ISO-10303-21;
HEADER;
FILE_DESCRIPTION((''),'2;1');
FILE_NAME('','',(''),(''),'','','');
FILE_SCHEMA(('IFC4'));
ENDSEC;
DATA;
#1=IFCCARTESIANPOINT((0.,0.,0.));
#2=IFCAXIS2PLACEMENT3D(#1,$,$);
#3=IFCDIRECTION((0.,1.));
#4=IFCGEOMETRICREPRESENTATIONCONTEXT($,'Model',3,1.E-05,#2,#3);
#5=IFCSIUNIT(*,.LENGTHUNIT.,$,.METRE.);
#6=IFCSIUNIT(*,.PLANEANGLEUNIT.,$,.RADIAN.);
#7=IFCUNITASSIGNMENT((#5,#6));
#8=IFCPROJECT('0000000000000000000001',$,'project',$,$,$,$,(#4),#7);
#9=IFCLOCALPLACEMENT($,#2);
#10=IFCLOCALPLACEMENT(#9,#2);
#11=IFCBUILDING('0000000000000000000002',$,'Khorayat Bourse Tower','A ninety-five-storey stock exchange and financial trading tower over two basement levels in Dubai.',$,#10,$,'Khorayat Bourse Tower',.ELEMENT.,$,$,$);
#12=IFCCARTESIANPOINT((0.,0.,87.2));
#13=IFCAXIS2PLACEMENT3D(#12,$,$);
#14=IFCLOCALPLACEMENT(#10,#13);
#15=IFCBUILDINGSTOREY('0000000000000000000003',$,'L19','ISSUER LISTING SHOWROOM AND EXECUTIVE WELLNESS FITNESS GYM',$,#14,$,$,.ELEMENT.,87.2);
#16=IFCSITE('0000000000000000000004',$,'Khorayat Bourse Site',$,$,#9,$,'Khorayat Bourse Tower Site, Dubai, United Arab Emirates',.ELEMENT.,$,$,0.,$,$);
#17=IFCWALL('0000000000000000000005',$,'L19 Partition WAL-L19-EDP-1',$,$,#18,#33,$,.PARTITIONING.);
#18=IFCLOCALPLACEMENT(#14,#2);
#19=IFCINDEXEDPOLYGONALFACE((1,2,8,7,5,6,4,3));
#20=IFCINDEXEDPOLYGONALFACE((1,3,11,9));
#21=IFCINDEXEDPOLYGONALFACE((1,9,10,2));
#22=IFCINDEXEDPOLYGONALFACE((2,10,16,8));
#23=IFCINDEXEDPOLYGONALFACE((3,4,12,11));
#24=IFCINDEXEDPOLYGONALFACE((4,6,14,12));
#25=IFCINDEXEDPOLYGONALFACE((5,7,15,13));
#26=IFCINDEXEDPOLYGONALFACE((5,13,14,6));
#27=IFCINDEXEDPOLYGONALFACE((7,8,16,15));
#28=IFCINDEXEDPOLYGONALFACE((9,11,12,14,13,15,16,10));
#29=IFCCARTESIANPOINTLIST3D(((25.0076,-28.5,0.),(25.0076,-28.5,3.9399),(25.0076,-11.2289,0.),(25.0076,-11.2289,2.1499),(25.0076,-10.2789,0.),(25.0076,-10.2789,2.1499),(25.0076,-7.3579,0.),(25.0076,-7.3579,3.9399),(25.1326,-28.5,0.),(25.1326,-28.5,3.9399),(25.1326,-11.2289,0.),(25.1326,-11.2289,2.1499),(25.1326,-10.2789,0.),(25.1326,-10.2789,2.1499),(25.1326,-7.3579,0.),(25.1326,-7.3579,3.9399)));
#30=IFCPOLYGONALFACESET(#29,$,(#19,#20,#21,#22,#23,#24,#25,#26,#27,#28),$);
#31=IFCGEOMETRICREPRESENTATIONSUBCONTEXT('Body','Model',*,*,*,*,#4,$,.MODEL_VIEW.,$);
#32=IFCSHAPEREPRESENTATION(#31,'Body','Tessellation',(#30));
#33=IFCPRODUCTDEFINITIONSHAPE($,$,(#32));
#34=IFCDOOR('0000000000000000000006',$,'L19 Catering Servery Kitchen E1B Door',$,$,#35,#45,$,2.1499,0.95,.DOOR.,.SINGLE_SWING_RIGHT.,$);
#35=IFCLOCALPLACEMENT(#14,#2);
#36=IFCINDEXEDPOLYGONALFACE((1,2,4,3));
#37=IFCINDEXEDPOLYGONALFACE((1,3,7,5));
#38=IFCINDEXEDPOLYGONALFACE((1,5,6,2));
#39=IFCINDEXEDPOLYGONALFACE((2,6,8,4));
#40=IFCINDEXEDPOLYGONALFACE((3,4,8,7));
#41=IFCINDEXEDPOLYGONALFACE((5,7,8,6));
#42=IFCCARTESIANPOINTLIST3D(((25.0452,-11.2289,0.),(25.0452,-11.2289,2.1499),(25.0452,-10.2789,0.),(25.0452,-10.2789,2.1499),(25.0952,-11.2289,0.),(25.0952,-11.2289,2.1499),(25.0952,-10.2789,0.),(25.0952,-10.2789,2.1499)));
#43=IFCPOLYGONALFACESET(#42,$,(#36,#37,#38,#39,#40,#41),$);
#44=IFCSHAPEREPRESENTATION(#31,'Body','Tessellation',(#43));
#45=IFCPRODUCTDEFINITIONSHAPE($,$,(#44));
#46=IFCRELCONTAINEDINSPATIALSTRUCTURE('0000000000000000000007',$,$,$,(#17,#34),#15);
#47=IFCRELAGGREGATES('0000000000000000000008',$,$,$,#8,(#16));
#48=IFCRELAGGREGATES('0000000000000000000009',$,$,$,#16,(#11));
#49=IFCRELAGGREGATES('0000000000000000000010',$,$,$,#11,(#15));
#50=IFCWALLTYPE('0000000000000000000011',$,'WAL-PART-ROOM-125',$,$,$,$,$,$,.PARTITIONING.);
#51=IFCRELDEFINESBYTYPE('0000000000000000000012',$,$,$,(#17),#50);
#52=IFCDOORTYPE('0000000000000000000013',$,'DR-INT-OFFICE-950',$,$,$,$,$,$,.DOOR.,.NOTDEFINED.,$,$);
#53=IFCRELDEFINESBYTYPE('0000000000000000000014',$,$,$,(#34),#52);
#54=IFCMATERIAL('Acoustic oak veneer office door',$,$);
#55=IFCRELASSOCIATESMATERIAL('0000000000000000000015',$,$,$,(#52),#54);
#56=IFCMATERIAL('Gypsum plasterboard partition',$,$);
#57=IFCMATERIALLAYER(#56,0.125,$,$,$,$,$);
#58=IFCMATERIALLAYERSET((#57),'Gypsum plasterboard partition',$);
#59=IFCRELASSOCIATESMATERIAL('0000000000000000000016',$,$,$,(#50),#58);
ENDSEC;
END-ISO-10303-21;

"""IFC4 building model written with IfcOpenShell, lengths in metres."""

from ifc_helpers import new_model, si_unit, direction, frame, frame_2d, origin, place, context, subcontext, project, spatial, rectangle, extrude, source, transform, mapped, material, layer, layer_set, type_object, element, fill, save


model = new_model("IFC4")

# Units and contexts
model_context = context("Model", 3, precision=1e-05, world=origin(), true_north=direction((0.0, 1.0)))
body_context = subcontext(model_context, "Body", "Model", "MODEL_VIEW")
ifc_project = project(units=[si_unit("LENGTHUNIT", "METRE"), si_unit("PLANEANGLEUNIT", "RADIAN")], contexts=[model_context])

# Site, building, storey
site_placement = place(None, origin())
site = spatial("IfcSite", under=ifc_project, at=site_placement, Name="Khorayat Bourse Site", LongName="Khorayat Bourse Tower Site, Dubai, United Arab Emirates", CompositionType="ELEMENT", RefElevation=0.0)
building_placement = place(site_placement, origin())
building = spatial("IfcBuilding", under=site, at=building_placement, Name="Khorayat Bourse Tower", Description="A ninety-five-storey stock exchange and financial trading tower over two basement levels in Dubai.", LongName="Khorayat Bourse Tower", CompositionType="ELEMENT")
storey_placement = place(building_placement, frame((0.0, 0.0, 87.2)))
storey = spatial("IfcBuildingStorey", under=building, at=storey_placement, Name="L19", Description="ISSUER LISTING SHOWROOM AND EXECUTIVE WELLNESS FITNESS GYM", CompositionType="ELEMENT", Elevation=87.2)

# Shared definitions
ifc_material_1 = material(Name="Acoustic oak veneer office door")
door_type = type_object("IfcDoorType", Name="DR-INT-OFFICE-950", OperationType="NOTDEFINED", PredefinedType="DOOR", material=ifc_material_1)
shared_shape_1 = source(origin(), body_context, "Body", "SweptSolid", [
    extrude(rectangle(XDim=0.95, YDim=2.1499, at=frame_2d((0.4751, 1.075))), frame((0.0, 0.0249, 0.0), z_axis=(0.0, -1.0, 0.0), x_axis=(1.0, 0.0, 0.0)), (0.0, 0.0, 1.0), 0.05),
])

# Wall, opening, door
ifc_material_2 = material(Name="Gypsum plasterboard partition")
ifc_layer_1 = layer(ifc_material_2, 0.125)
ifc_layer_set_1 = layer_set([ifc_layer_1], Name="Gypsum plasterboard partition")
wall_type_1 = type_object("IfcWallType", Name="WAL-PART-ROOM-125", PredefinedType="PARTITIONING", material=ifc_layer_set_1)
shared_shape_2 = source(origin(), body_context, "Body", "SweptSolid", [
    extrude(rectangle(XDim=21.1421, YDim=0.125, at=frame_2d((10.571, 0.0))), origin(), (0.0, 0.0, 1.0), 3.9399),
])
wall_1_placement = place(storey_placement, frame((25.0701, -28.5, 0.0), z_axis=(0.0, 0.0, 1.0), x_axis=(0.0, 1.0, 0.0)))
wall_1 = element("IfcWall", 1, at=wall_1_placement, inside=storey, type_object=wall_type_1, Name="L19 Partition WAL-L19-EDP-1", PredefinedType="PARTITIONING", context=body_context, shape_type="MappedRepresentation", body=[
    mapped(shared_shape_2, transform((0.0, 0.0, 0.0), scale=1.0)),
])
shared_shape_3 = source(origin(), body_context, "Body", "SweptSolid", [
    extrude(rectangle(XDim=0.95, YDim=2.1499, at=frame_2d((0.4751, 1.075))), frame((0.0, 0.0725, 0.0), z_axis=(0.0, -1.0, 0.0), x_axis=(1.0, 0.0, 0.0)), (0.0, 0.0, 1.0), 0.145),
])
opening_1_placement = place(wall_1_placement, frame((17.271, 0.0, 0.0)))
opening_1 = element("IfcOpeningElement", 2, at=opening_1_placement, cuts=wall_1, PredefinedType="OPENING", context=body_context, shape_type="MappedRepresentation", body=[
    mapped(shared_shape_3, transform((0.0, 0.0, 0.0), scale=1.0)),
])
door_1_placement = place(opening_1_placement, origin())
door_1 = element("IfcDoor", 3, at=door_1_placement, inside=storey, type_object=door_type, Name="L19 Catering Servery Kitchen E1B Door", OperationType="SINGLE_SWING_RIGHT", OverallHeight=2.1499, OverallWidth=0.95, PredefinedType="DOOR", context=body_context, shape_type="MappedRepresentation", body=[
    mapped(shared_shape_1, transform((0.0, 0.0, 0.0), scale=1.0)),
])
fill(opening_1, door_1)

save(model, "model.ifc")
